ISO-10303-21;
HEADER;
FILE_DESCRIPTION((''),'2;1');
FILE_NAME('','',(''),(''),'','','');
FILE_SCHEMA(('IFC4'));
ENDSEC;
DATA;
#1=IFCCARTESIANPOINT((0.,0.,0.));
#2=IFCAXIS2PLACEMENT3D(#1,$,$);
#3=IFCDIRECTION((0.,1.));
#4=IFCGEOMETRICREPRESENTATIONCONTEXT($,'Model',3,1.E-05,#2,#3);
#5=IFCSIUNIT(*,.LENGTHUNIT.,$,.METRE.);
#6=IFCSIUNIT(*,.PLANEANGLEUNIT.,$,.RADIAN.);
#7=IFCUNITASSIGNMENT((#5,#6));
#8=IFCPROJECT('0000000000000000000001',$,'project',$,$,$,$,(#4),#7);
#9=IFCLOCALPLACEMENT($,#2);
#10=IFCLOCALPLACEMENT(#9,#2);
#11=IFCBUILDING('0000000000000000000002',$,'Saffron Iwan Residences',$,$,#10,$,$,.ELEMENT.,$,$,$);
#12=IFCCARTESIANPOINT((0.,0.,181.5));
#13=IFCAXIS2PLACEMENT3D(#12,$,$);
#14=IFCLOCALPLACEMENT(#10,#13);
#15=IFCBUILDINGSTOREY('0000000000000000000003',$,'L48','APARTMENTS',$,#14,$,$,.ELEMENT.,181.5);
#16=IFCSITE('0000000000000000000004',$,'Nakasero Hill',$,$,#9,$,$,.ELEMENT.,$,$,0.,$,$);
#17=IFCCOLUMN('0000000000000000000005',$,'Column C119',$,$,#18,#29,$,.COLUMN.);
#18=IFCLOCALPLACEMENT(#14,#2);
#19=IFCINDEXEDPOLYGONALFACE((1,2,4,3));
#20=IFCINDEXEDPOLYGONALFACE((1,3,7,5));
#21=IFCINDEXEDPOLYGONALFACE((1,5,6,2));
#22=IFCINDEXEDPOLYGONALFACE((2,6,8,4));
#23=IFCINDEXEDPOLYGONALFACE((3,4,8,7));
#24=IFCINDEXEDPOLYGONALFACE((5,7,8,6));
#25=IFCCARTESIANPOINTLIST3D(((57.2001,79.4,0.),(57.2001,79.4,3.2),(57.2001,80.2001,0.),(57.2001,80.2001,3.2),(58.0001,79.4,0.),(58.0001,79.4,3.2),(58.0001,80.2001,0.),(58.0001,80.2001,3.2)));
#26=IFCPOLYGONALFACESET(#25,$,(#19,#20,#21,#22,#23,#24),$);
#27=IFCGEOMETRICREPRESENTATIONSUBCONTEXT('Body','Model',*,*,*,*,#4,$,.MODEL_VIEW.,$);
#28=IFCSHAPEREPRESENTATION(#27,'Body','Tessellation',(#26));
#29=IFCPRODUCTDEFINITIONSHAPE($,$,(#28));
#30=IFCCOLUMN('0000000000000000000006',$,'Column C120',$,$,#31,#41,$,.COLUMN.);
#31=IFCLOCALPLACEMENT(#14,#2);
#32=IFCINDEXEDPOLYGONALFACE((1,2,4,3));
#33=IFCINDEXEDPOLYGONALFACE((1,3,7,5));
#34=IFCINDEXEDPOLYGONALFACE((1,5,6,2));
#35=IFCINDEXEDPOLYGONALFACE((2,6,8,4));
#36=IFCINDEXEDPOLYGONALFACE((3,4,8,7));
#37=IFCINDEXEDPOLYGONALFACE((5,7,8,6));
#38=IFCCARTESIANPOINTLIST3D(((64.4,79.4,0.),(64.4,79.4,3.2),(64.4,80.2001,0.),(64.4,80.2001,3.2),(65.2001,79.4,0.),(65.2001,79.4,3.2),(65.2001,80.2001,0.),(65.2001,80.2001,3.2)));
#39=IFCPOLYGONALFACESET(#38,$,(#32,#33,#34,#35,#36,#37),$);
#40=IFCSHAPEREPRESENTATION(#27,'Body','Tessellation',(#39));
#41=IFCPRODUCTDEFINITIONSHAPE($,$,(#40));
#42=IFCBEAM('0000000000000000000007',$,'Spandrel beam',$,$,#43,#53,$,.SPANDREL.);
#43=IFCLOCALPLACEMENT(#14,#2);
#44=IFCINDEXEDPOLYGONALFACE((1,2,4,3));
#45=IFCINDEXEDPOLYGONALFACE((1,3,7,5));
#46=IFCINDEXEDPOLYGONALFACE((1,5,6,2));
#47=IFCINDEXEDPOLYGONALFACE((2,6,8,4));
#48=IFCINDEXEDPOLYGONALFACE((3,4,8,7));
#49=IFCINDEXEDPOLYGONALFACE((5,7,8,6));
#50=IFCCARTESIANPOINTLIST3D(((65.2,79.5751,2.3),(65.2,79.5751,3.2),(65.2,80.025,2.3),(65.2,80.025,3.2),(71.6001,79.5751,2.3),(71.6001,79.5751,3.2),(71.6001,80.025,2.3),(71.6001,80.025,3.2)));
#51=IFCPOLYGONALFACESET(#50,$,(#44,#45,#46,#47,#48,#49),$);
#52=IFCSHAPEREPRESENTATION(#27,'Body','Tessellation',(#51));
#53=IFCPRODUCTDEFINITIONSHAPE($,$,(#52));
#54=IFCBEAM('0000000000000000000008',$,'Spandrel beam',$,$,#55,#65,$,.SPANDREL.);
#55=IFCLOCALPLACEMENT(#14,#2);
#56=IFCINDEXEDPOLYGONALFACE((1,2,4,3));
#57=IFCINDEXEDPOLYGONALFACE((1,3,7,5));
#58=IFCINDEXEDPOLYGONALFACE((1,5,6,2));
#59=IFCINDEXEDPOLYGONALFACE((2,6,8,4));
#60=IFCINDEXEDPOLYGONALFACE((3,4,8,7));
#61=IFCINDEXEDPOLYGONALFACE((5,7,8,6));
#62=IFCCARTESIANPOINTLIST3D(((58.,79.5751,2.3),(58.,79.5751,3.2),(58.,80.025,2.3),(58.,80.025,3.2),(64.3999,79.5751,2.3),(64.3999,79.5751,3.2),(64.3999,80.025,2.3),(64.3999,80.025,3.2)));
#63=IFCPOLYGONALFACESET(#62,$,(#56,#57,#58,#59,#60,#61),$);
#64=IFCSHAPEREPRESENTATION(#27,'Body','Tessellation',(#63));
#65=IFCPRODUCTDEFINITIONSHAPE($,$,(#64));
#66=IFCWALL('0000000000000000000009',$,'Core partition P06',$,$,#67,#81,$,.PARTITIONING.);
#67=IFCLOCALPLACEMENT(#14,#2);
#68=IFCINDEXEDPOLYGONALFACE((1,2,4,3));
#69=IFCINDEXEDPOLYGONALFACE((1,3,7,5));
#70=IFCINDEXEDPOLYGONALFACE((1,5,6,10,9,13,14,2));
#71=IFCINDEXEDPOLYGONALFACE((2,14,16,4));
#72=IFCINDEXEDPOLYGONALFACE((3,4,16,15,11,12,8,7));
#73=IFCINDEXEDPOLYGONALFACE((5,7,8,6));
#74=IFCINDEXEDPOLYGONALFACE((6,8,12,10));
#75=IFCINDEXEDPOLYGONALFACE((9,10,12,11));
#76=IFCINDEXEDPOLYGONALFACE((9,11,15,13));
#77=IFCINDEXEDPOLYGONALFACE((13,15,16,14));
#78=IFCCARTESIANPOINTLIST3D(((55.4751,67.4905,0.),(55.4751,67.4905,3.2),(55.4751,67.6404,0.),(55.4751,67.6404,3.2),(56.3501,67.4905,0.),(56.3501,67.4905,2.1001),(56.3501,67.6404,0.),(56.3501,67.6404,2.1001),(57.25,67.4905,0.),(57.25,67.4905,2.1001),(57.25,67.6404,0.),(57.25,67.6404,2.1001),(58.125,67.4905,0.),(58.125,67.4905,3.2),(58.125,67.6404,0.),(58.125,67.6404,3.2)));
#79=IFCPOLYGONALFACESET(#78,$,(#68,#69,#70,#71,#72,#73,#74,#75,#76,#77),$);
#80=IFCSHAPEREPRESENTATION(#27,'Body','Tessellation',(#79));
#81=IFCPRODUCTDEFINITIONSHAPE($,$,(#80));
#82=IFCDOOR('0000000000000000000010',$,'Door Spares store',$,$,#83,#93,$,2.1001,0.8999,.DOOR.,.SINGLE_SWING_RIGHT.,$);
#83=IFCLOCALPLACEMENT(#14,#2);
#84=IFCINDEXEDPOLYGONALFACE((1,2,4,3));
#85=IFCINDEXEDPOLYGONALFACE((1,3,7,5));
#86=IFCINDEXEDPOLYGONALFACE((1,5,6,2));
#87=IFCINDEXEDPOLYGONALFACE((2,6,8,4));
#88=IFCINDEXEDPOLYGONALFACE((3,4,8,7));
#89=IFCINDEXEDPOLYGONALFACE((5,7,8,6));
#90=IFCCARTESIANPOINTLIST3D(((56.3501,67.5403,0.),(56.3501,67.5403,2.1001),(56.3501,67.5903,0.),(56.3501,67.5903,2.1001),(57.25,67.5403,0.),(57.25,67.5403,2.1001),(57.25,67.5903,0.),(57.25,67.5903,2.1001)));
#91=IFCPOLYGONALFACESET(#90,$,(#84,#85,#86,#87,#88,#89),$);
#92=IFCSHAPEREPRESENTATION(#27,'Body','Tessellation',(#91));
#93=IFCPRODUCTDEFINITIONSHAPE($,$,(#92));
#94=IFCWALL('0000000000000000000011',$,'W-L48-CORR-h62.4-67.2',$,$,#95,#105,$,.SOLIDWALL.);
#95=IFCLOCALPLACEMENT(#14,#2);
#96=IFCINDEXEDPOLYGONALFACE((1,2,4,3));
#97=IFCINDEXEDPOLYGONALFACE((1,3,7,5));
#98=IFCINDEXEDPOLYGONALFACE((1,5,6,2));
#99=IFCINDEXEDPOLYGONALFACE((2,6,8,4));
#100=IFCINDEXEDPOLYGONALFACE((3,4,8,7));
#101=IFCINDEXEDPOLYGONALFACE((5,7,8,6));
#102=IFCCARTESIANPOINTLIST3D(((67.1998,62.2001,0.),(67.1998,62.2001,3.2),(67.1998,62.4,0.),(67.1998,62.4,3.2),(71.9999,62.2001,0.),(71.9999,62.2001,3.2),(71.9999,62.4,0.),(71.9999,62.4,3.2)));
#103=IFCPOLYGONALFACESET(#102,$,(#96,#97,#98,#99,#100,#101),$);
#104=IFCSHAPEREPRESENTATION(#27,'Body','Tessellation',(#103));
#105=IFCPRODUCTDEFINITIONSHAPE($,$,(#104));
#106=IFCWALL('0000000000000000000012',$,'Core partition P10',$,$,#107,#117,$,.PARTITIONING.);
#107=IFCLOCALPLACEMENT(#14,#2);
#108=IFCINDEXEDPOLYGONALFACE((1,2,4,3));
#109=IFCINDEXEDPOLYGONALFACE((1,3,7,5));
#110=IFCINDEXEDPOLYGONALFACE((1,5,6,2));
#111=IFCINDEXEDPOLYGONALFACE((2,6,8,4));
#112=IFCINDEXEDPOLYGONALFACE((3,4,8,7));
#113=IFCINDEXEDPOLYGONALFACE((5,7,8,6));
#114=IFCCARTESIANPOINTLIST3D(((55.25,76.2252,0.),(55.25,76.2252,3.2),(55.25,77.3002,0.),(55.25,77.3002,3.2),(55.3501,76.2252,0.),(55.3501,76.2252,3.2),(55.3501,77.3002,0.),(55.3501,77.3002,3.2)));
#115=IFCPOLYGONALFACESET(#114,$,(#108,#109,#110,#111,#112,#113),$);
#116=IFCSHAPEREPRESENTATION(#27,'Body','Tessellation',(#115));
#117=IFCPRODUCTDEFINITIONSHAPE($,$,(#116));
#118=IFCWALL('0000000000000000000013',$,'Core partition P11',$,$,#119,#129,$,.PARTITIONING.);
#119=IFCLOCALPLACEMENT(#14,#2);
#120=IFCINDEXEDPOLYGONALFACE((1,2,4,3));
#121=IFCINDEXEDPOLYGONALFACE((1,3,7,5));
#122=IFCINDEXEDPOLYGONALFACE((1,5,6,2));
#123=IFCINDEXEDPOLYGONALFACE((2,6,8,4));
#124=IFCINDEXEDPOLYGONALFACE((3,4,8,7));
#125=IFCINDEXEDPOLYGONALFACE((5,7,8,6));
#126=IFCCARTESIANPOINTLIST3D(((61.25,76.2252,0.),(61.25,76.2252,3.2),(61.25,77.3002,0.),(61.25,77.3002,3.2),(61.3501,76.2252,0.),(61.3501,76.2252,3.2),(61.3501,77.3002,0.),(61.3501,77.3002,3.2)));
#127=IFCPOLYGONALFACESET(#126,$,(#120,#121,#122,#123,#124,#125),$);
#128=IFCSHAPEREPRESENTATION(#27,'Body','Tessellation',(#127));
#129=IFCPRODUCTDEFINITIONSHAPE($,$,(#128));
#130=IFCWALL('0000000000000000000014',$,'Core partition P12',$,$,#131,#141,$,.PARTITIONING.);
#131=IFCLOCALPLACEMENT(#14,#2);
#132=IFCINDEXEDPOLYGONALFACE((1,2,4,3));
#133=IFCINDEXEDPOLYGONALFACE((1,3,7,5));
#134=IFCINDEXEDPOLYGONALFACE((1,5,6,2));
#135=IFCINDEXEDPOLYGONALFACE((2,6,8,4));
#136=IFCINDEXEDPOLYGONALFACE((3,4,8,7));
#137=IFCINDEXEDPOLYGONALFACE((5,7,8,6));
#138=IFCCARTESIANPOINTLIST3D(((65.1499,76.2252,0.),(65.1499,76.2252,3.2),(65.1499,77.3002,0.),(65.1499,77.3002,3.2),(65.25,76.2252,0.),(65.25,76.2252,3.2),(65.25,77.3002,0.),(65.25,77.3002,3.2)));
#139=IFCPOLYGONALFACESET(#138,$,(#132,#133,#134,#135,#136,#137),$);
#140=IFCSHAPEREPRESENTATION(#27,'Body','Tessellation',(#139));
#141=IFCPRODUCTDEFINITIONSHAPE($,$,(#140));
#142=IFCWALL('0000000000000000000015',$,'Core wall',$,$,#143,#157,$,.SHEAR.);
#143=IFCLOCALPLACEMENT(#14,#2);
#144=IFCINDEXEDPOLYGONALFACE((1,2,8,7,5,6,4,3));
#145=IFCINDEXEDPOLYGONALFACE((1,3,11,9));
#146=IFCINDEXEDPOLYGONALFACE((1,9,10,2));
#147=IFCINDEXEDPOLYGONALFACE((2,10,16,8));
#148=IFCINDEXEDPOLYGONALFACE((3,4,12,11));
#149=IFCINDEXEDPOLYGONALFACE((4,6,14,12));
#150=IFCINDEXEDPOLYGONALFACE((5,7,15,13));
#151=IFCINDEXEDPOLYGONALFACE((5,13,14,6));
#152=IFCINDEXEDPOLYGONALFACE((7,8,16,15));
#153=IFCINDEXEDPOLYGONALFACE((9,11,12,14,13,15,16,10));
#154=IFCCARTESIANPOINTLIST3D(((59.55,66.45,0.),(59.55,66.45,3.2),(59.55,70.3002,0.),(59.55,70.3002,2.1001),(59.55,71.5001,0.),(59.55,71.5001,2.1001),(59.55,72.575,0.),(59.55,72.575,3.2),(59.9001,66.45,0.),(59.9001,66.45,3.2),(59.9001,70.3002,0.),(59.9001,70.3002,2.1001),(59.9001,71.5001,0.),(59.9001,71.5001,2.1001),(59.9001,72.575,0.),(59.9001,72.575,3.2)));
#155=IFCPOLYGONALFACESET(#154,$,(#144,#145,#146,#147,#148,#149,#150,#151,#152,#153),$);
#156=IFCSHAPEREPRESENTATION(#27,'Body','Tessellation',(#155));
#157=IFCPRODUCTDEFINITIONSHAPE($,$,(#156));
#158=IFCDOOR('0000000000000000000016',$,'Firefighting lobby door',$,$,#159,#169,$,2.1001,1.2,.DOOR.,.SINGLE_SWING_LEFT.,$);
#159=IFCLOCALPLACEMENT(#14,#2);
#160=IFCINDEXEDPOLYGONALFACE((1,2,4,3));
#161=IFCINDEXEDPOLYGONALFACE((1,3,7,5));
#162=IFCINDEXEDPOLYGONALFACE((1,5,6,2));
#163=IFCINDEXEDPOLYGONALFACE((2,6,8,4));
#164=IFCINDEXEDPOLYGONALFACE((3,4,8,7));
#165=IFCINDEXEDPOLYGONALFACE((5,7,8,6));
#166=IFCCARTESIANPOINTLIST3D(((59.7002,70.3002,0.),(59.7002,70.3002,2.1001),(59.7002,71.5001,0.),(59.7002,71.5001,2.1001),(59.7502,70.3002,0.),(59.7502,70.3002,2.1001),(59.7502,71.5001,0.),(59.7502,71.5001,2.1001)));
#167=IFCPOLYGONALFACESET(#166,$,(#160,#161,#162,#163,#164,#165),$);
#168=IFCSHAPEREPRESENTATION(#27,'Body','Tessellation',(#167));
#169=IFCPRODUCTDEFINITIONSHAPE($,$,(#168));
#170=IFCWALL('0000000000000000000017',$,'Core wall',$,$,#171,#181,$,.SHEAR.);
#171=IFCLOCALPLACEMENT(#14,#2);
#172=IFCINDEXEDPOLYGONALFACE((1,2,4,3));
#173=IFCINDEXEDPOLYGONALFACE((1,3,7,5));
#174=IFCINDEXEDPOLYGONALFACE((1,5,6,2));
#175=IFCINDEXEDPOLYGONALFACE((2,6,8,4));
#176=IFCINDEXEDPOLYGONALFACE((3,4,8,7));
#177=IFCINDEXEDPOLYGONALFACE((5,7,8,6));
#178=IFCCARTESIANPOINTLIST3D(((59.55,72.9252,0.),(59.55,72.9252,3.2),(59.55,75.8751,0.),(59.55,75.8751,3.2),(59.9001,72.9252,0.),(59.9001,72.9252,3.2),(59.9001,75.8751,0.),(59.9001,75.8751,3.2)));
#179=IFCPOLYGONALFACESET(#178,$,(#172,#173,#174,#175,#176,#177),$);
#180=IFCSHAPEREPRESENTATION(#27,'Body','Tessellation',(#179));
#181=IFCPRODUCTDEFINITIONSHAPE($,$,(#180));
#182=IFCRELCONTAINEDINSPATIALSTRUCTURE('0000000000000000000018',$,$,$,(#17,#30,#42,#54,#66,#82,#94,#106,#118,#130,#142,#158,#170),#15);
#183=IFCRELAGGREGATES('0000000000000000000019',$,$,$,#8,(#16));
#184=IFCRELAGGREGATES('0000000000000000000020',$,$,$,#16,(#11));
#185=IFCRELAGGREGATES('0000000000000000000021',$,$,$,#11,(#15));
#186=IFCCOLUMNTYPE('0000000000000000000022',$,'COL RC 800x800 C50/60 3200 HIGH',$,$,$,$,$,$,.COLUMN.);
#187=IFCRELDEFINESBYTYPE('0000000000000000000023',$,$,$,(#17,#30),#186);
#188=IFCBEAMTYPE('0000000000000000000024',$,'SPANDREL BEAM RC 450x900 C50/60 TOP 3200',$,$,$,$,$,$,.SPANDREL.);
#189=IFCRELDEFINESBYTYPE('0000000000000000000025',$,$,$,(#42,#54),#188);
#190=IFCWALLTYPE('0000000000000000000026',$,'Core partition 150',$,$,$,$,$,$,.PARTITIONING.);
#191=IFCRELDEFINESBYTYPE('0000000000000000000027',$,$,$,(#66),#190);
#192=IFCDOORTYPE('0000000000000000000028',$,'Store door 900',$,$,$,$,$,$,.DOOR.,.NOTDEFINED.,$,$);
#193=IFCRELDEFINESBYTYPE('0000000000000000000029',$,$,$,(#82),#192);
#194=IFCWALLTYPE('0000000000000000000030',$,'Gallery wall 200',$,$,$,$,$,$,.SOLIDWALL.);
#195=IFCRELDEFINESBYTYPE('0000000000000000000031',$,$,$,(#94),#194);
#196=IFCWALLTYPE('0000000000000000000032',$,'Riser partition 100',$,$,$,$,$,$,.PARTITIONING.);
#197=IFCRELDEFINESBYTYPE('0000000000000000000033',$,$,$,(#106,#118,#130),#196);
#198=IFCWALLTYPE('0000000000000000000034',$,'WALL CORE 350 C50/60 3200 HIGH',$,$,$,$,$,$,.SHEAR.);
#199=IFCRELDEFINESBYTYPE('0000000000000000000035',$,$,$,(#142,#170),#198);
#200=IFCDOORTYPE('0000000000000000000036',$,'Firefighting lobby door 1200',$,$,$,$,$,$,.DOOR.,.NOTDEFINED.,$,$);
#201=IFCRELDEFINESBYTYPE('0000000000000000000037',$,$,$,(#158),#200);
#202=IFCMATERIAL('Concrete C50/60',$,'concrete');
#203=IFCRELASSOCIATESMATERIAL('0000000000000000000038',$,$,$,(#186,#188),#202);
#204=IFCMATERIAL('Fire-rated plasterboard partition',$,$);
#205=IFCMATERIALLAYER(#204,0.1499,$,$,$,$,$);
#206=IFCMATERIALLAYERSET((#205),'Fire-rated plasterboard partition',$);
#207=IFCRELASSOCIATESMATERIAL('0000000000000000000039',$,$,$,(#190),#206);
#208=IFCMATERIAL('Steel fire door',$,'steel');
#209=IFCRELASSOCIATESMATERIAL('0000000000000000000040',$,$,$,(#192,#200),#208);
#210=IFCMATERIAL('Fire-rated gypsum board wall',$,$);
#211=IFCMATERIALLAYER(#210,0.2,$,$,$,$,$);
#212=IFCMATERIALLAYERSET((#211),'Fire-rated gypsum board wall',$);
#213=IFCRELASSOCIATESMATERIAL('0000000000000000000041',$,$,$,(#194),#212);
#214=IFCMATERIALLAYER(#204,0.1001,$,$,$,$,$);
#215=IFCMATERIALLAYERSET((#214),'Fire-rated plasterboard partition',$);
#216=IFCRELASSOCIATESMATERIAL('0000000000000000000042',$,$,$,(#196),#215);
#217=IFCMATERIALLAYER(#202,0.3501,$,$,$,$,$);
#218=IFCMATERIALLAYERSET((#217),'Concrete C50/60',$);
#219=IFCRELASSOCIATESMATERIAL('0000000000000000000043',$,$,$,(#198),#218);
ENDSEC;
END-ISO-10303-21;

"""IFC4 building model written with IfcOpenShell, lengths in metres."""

from ifc_helpers import new_model, si_unit, direction, frame, frame_2d, origin, origin_2d, place, context, subcontext, project, spatial, rectangle, extrude, source, transform, mapped, material, layer, layer_set, material_profile, profile_set, type_object, element, fill, save


model = new_model("IFC4")

# Units and contexts
model_context = context("Model", 3, precision=1e-05, world=origin(), true_north=direction((0.0, 1.0)))
body_context = subcontext(model_context, "Body", "Model", "MODEL_VIEW")
ifc_project = project(units=[si_unit("LENGTHUNIT", "METRE"), si_unit("PLANEANGLEUNIT", "RADIAN")], contexts=[model_context])

# Site, building, storey
site_placement = place(None, origin())
site = spatial("IfcSite", under=ifc_project, at=site_placement, Name="Nakasero Hill", CompositionType="ELEMENT", RefElevation=0.0)
building_placement = place(site_placement, origin())
building = spatial("IfcBuilding", under=site, at=building_placement, Name="Saffron Iwan Residences", CompositionType="ELEMENT")
storey_placement = place(building_placement, frame((0.0, 0.0, 181.5)))
storey = spatial("IfcBuildingStorey", under=building, at=storey_placement, Name="L48", Description="APARTMENTS", CompositionType="ELEMENT", Elevation=181.5)

# Columns
ifc_material_1 = material(Name="Concrete C50/60", Category="concrete")
ifc_material_profile_1 = material_profile(ifc_material_1, rectangle(XDim=0.8, YDim=0.8, at=origin_2d()), Name="RC 800x800")
ifc_profile_set_1 = profile_set([ifc_material_profile_1], Name="Concrete C50/60")
column_type = type_object("IfcColumnType", Name="COL RC 800x800 C50/60 3200 HIGH", PredefinedType="COLUMN", material=ifc_profile_set_1)
shared_shape_1 = source(origin(), body_context, "Body", "SweptSolid", [
    extrude(rectangle(XDim=0.8, YDim=0.8, at=origin_2d()), origin(), (0.0, 0.0, 1.0), 3.2),
])
for number, where, z_axis, x_axis, name in (
    (1, (57.6001, 79.8, 0.0), (0.0, 0.0, 1.0), (1.0, 0.0, 0.0), "Column C119"),
    (2, (64.8, 79.8, 0.0), (0.0, 0.0, 1.0), (1.0, 0.0, 0.0), "Column C120"),
):
    element("IfcColumn", number, at=place(storey_placement, frame(where, z_axis=z_axis, x_axis=x_axis)), inside=storey, type_object=column_type, Name=name, PredefinedType="COLUMN", context=body_context, shape_type="MappedRepresentation", body=[
        mapped(shared_shape_1, transform((0.0, 0.0, 0.0))),
    ])

# Beams
ifc_material_profile_2 = material_profile(ifc_material_1, rectangle(XDim=0.45, YDim=0.8999, at=origin_2d()), Name="RC 450x900")
ifc_profile_set_2 = profile_set([ifc_material_profile_2], Name="Concrete C50/60")
beam_type = type_object("IfcBeamType", Name="SPANDREL BEAM RC 450x900 C50/60 TOP 3200", PredefinedType="SPANDREL", material=ifc_profile_set_2)
shared_shape_2 = source(origin(), body_context, "Body", "SweptSolid", [
    extrude(rectangle(XDim=0.45, YDim=0.8999, at=origin_2d()), origin(), (0.0, 0.0, 1.0), 6.4001),
])
beam_1_placement = place(storey_placement, frame((65.2, 79.8, 2.75), z_axis=(1.0, 0.0, 0.0), x_axis=(0.0, 1.0, 0.0)))
element("IfcBeam", 3, at=beam_1_placement, inside=storey, type_object=beam_type, Name="Spandrel beam", PredefinedType="SPANDREL", context=body_context, shape_type="MappedRepresentation", body=[
    mapped(shared_shape_2, transform((0.0, 0.0, 0.0))),
])
shared_shape_3 = source(origin(), body_context, "Body", "SweptSolid", [
    extrude(rectangle(XDim=0.45, YDim=0.8999, at=origin_2d()), origin(), (0.0, 0.0, 1.0), 6.3999),
])
beam_2_placement = place(storey_placement, frame((58.0, 79.8, 2.75), z_axis=(1.0, 0.0, 0.0), x_axis=(0.0, 1.0, 0.0)))
element("IfcBeam", 4, at=beam_2_placement, inside=storey, type_object=beam_type, Name="Spandrel beam", PredefinedType="SPANDREL", context=body_context, shape_type="MappedRepresentation", body=[
    mapped(shared_shape_3, transform((0.0, 0.0, 0.0))),
])

# Wall, opening, door
ifc_material_2 = material(Name="Fire-rated plasterboard partition")
ifc_layer_1 = layer(ifc_material_2, 0.1499)
ifc_layer_set_1 = layer_set([ifc_layer_1], Name="Fire-rated plasterboard partition")
wall_type_1 = type_object("IfcWallType", Name="Core partition 150", PredefinedType="PARTITIONING", material=ifc_layer_set_1)
wall_1_placement = place(storey_placement, frame((55.4751, 67.5654, 0.0), z_axis=(0.0, 0.0, 1.0), x_axis=(1.0, 0.0, 0.0)))
wall_1 = element("IfcWall", 5, at=wall_1_placement, inside=storey, type_object=wall_type_1, Name="Core partition P06", PredefinedType="PARTITIONING", context=body_context, shape_type="SweptSolid", body=[
    extrude(rectangle(XDim=2.6499, YDim=0.1499, at=frame_2d((1.325, 0.0))), origin(), (0.0, 0.0, 1.0), 3.2),
])
opening_1_placement = place(wall_1_placement, frame((0.875, 0.0, 0.0)))
opening_1 = element("IfcOpeningElement", 6, at=opening_1_placement, cuts=wall_1, PredefinedType="OPENING", context=body_context, shape_type="SweptSolid", body=[
    extrude(rectangle(XDim=0.8999, YDim=2.1001, at=frame_2d((0.45, 1.05))), frame((0.0, 0.085, 0.0), z_axis=(0.0, -1.0, 0.0), x_axis=(1.0, 0.0, 0.0)), (0.0, 0.0, 1.0), 0.1699),
])
ifc_material_3 = material(Name="Steel fire door", Category="steel")
door_type_1 = type_object("IfcDoorType", Name="Store door 900", OperationType="NOTDEFINED", PredefinedType="DOOR", material=ifc_material_3)
door_1_placement = place(opening_1_placement, origin())
door_1 = element("IfcDoor", 7, at=door_1_placement, inside=storey, type_object=door_type_1, Name="Door Spares store", OperationType="SINGLE_SWING_RIGHT", OverallHeight=2.1001, OverallWidth=0.8999, PredefinedType="DOOR", context=body_context, shape_type="SweptSolid", body=[
    extrude(rectangle(XDim=0.8999, YDim=2.1001, at=frame_2d((0.45, 1.05))), frame((0.0, 0.0249, 0.0), z_axis=(0.0, -1.0, 0.0), x_axis=(1.0, 0.0, 0.0)), (0.0, 0.0, 1.0), 0.05),
])
fill(opening_1, door_1)

# Walls
ifc_material_4 = material(Name="Fire-rated gypsum board wall")
ifc_layer_2 = layer(ifc_material_4, 0.2)
ifc_layer_set_2 = layer_set([ifc_layer_2], Name="Fire-rated gypsum board wall")
wall_type_2 = type_object("IfcWallType", Name="Gallery wall 200", PredefinedType="SOLIDWALL", material=ifc_layer_set_2)
wall_2_placement = place(storey_placement, frame((67.2, 62.3, 0.0), z_axis=(0.0, 0.0, 1.0), x_axis=(1.0, 0.0, 0.0)))
element("IfcWall", 8, at=wall_2_placement, inside=storey, type_object=wall_type_2, Name="W-L48-CORR-h62.4-67.2", PredefinedType="SOLIDWALL", context=body_context, shape_type="SweptSolid", body=[
    extrude(rectangle(XDim=4.8, YDim=0.2, at=frame_2d((2.3999, 0.0))), origin(), (0.0, 0.0, 1.0), 3.2),
])
ifc_layer_3 = layer(ifc_material_2, 0.1001)
ifc_layer_set_3 = layer_set([ifc_layer_3], Name="Fire-rated plasterboard partition")
wall_type_3 = type_object("IfcWallType", Name="Riser partition 100", PredefinedType="PARTITIONING", material=ifc_layer_set_3)
for number, where, z_axis, x_axis, name in (
    (9, (55.3, 76.2251, 0.0), (0.0, 0.0, 1.0), (0.0, 1.0, 0.0), "Core partition P10"),
    (10, (61.3, 76.2251, 0.0), (0.0, 0.0, 1.0), (0.0, 1.0, 0.0), "Core partition P11"),
    (11, (65.2, 76.2251, 0.0), (0.0, 0.0, 1.0), (0.0, 1.0, 0.0), "Core partition P12"),
):
    element("IfcWall", number, at=place(storey_placement, frame(where, z_axis=z_axis, x_axis=x_axis)), inside=storey, type_object=wall_type_3, Name=name, PredefinedType="PARTITIONING", context=body_context, shape_type="SweptSolid", body=[
        extrude(rectangle(XDim=1.075, YDim=0.1001, at=frame_2d((0.5376, 0.0))), origin(), (0.0, 0.0, 1.0), 3.2),
    ])

# Wall, opening, door
ifc_layer_4 = layer(ifc_material_1, 0.3501)
ifc_layer_set_4 = layer_set([ifc_layer_4], Name="Concrete C50/60")
wall_type_4 = type_object("IfcWallType", Name="WALL CORE 350 C50/60 3200 HIGH", PredefinedType="SHEAR", material=ifc_layer_set_4)
wall_3_placement = place(storey_placement, frame((59.7251, 66.45, 0.0), z_axis=(0.0, 0.0, 1.0), x_axis=(0.0, 1.0, 0.0)))
wall_3 = element("IfcWall", 12, at=wall_3_placement, inside=storey, type_object=wall_type_4, Name="Core wall", PredefinedType="SHEAR", context=body_context, shape_type="SweptSolid", body=[
    extrude(rectangle(XDim=6.125, YDim=0.3501, at=frame_2d((3.0625, 0.0))), origin(), (0.0, 0.0, 1.0), 3.2),
])
opening_2_placement = place(wall_3_placement, frame((3.8501, 0.0, 0.0)))
opening_2 = element("IfcOpeningElement", 13, at=opening_2_placement, cuts=wall_3, PredefinedType="OPENING", context=body_context, shape_type="SweptSolid", body=[
    extrude(rectangle(XDim=1.2, YDim=2.1001, at=frame_2d((0.6001, 1.05))), frame((0.0, 0.1851, 0.0), z_axis=(0.0, -1.0, 0.0), x_axis=(1.0, 0.0, 0.0)), (0.0, 0.0, 1.0), 0.3701),
])
door_type_2 = type_object("IfcDoorType", Name="Firefighting lobby door 1200", OperationType="NOTDEFINED", PredefinedType="DOOR", material=ifc_material_3)
door_2_placement = place(opening_2_placement, origin())
door_2 = element("IfcDoor", 14, at=door_2_placement, inside=storey, type_object=door_type_2, Name="Firefighting lobby door", OperationType="SINGLE_SWING_LEFT", OverallHeight=2.1001, OverallWidth=1.2, PredefinedType="DOOR", context=body_context, shape_type="SweptSolid", body=[
    extrude(rectangle(XDim=1.2, YDim=2.1001, at=frame_2d((0.6001, 1.05))), frame((0.0, 0.0249, 0.0), z_axis=(0.0, -1.0, 0.0), x_axis=(1.0, 0.0, 0.0)), (0.0, 0.0, 1.0), 0.05),
])
fill(opening_2, door_2)

# Wall
wall_4_placement = place(storey_placement, frame((59.7251, 72.925, 0.0), z_axis=(0.0, 0.0, 1.0), x_axis=(0.0, 1.0, 0.0)))
element("IfcWall", 15, at=wall_4_placement, inside=storey, type_object=wall_type_4, Name="Core wall", PredefinedType="SHEAR", context=body_context, shape_type="SweptSolid", body=[
    extrude(rectangle(XDim=2.95, YDim=0.3501, at=frame_2d((1.4751, 0.0))), origin(), (0.0, 0.0, 1.0), 3.2),
])

save(model, "model.ifc")
